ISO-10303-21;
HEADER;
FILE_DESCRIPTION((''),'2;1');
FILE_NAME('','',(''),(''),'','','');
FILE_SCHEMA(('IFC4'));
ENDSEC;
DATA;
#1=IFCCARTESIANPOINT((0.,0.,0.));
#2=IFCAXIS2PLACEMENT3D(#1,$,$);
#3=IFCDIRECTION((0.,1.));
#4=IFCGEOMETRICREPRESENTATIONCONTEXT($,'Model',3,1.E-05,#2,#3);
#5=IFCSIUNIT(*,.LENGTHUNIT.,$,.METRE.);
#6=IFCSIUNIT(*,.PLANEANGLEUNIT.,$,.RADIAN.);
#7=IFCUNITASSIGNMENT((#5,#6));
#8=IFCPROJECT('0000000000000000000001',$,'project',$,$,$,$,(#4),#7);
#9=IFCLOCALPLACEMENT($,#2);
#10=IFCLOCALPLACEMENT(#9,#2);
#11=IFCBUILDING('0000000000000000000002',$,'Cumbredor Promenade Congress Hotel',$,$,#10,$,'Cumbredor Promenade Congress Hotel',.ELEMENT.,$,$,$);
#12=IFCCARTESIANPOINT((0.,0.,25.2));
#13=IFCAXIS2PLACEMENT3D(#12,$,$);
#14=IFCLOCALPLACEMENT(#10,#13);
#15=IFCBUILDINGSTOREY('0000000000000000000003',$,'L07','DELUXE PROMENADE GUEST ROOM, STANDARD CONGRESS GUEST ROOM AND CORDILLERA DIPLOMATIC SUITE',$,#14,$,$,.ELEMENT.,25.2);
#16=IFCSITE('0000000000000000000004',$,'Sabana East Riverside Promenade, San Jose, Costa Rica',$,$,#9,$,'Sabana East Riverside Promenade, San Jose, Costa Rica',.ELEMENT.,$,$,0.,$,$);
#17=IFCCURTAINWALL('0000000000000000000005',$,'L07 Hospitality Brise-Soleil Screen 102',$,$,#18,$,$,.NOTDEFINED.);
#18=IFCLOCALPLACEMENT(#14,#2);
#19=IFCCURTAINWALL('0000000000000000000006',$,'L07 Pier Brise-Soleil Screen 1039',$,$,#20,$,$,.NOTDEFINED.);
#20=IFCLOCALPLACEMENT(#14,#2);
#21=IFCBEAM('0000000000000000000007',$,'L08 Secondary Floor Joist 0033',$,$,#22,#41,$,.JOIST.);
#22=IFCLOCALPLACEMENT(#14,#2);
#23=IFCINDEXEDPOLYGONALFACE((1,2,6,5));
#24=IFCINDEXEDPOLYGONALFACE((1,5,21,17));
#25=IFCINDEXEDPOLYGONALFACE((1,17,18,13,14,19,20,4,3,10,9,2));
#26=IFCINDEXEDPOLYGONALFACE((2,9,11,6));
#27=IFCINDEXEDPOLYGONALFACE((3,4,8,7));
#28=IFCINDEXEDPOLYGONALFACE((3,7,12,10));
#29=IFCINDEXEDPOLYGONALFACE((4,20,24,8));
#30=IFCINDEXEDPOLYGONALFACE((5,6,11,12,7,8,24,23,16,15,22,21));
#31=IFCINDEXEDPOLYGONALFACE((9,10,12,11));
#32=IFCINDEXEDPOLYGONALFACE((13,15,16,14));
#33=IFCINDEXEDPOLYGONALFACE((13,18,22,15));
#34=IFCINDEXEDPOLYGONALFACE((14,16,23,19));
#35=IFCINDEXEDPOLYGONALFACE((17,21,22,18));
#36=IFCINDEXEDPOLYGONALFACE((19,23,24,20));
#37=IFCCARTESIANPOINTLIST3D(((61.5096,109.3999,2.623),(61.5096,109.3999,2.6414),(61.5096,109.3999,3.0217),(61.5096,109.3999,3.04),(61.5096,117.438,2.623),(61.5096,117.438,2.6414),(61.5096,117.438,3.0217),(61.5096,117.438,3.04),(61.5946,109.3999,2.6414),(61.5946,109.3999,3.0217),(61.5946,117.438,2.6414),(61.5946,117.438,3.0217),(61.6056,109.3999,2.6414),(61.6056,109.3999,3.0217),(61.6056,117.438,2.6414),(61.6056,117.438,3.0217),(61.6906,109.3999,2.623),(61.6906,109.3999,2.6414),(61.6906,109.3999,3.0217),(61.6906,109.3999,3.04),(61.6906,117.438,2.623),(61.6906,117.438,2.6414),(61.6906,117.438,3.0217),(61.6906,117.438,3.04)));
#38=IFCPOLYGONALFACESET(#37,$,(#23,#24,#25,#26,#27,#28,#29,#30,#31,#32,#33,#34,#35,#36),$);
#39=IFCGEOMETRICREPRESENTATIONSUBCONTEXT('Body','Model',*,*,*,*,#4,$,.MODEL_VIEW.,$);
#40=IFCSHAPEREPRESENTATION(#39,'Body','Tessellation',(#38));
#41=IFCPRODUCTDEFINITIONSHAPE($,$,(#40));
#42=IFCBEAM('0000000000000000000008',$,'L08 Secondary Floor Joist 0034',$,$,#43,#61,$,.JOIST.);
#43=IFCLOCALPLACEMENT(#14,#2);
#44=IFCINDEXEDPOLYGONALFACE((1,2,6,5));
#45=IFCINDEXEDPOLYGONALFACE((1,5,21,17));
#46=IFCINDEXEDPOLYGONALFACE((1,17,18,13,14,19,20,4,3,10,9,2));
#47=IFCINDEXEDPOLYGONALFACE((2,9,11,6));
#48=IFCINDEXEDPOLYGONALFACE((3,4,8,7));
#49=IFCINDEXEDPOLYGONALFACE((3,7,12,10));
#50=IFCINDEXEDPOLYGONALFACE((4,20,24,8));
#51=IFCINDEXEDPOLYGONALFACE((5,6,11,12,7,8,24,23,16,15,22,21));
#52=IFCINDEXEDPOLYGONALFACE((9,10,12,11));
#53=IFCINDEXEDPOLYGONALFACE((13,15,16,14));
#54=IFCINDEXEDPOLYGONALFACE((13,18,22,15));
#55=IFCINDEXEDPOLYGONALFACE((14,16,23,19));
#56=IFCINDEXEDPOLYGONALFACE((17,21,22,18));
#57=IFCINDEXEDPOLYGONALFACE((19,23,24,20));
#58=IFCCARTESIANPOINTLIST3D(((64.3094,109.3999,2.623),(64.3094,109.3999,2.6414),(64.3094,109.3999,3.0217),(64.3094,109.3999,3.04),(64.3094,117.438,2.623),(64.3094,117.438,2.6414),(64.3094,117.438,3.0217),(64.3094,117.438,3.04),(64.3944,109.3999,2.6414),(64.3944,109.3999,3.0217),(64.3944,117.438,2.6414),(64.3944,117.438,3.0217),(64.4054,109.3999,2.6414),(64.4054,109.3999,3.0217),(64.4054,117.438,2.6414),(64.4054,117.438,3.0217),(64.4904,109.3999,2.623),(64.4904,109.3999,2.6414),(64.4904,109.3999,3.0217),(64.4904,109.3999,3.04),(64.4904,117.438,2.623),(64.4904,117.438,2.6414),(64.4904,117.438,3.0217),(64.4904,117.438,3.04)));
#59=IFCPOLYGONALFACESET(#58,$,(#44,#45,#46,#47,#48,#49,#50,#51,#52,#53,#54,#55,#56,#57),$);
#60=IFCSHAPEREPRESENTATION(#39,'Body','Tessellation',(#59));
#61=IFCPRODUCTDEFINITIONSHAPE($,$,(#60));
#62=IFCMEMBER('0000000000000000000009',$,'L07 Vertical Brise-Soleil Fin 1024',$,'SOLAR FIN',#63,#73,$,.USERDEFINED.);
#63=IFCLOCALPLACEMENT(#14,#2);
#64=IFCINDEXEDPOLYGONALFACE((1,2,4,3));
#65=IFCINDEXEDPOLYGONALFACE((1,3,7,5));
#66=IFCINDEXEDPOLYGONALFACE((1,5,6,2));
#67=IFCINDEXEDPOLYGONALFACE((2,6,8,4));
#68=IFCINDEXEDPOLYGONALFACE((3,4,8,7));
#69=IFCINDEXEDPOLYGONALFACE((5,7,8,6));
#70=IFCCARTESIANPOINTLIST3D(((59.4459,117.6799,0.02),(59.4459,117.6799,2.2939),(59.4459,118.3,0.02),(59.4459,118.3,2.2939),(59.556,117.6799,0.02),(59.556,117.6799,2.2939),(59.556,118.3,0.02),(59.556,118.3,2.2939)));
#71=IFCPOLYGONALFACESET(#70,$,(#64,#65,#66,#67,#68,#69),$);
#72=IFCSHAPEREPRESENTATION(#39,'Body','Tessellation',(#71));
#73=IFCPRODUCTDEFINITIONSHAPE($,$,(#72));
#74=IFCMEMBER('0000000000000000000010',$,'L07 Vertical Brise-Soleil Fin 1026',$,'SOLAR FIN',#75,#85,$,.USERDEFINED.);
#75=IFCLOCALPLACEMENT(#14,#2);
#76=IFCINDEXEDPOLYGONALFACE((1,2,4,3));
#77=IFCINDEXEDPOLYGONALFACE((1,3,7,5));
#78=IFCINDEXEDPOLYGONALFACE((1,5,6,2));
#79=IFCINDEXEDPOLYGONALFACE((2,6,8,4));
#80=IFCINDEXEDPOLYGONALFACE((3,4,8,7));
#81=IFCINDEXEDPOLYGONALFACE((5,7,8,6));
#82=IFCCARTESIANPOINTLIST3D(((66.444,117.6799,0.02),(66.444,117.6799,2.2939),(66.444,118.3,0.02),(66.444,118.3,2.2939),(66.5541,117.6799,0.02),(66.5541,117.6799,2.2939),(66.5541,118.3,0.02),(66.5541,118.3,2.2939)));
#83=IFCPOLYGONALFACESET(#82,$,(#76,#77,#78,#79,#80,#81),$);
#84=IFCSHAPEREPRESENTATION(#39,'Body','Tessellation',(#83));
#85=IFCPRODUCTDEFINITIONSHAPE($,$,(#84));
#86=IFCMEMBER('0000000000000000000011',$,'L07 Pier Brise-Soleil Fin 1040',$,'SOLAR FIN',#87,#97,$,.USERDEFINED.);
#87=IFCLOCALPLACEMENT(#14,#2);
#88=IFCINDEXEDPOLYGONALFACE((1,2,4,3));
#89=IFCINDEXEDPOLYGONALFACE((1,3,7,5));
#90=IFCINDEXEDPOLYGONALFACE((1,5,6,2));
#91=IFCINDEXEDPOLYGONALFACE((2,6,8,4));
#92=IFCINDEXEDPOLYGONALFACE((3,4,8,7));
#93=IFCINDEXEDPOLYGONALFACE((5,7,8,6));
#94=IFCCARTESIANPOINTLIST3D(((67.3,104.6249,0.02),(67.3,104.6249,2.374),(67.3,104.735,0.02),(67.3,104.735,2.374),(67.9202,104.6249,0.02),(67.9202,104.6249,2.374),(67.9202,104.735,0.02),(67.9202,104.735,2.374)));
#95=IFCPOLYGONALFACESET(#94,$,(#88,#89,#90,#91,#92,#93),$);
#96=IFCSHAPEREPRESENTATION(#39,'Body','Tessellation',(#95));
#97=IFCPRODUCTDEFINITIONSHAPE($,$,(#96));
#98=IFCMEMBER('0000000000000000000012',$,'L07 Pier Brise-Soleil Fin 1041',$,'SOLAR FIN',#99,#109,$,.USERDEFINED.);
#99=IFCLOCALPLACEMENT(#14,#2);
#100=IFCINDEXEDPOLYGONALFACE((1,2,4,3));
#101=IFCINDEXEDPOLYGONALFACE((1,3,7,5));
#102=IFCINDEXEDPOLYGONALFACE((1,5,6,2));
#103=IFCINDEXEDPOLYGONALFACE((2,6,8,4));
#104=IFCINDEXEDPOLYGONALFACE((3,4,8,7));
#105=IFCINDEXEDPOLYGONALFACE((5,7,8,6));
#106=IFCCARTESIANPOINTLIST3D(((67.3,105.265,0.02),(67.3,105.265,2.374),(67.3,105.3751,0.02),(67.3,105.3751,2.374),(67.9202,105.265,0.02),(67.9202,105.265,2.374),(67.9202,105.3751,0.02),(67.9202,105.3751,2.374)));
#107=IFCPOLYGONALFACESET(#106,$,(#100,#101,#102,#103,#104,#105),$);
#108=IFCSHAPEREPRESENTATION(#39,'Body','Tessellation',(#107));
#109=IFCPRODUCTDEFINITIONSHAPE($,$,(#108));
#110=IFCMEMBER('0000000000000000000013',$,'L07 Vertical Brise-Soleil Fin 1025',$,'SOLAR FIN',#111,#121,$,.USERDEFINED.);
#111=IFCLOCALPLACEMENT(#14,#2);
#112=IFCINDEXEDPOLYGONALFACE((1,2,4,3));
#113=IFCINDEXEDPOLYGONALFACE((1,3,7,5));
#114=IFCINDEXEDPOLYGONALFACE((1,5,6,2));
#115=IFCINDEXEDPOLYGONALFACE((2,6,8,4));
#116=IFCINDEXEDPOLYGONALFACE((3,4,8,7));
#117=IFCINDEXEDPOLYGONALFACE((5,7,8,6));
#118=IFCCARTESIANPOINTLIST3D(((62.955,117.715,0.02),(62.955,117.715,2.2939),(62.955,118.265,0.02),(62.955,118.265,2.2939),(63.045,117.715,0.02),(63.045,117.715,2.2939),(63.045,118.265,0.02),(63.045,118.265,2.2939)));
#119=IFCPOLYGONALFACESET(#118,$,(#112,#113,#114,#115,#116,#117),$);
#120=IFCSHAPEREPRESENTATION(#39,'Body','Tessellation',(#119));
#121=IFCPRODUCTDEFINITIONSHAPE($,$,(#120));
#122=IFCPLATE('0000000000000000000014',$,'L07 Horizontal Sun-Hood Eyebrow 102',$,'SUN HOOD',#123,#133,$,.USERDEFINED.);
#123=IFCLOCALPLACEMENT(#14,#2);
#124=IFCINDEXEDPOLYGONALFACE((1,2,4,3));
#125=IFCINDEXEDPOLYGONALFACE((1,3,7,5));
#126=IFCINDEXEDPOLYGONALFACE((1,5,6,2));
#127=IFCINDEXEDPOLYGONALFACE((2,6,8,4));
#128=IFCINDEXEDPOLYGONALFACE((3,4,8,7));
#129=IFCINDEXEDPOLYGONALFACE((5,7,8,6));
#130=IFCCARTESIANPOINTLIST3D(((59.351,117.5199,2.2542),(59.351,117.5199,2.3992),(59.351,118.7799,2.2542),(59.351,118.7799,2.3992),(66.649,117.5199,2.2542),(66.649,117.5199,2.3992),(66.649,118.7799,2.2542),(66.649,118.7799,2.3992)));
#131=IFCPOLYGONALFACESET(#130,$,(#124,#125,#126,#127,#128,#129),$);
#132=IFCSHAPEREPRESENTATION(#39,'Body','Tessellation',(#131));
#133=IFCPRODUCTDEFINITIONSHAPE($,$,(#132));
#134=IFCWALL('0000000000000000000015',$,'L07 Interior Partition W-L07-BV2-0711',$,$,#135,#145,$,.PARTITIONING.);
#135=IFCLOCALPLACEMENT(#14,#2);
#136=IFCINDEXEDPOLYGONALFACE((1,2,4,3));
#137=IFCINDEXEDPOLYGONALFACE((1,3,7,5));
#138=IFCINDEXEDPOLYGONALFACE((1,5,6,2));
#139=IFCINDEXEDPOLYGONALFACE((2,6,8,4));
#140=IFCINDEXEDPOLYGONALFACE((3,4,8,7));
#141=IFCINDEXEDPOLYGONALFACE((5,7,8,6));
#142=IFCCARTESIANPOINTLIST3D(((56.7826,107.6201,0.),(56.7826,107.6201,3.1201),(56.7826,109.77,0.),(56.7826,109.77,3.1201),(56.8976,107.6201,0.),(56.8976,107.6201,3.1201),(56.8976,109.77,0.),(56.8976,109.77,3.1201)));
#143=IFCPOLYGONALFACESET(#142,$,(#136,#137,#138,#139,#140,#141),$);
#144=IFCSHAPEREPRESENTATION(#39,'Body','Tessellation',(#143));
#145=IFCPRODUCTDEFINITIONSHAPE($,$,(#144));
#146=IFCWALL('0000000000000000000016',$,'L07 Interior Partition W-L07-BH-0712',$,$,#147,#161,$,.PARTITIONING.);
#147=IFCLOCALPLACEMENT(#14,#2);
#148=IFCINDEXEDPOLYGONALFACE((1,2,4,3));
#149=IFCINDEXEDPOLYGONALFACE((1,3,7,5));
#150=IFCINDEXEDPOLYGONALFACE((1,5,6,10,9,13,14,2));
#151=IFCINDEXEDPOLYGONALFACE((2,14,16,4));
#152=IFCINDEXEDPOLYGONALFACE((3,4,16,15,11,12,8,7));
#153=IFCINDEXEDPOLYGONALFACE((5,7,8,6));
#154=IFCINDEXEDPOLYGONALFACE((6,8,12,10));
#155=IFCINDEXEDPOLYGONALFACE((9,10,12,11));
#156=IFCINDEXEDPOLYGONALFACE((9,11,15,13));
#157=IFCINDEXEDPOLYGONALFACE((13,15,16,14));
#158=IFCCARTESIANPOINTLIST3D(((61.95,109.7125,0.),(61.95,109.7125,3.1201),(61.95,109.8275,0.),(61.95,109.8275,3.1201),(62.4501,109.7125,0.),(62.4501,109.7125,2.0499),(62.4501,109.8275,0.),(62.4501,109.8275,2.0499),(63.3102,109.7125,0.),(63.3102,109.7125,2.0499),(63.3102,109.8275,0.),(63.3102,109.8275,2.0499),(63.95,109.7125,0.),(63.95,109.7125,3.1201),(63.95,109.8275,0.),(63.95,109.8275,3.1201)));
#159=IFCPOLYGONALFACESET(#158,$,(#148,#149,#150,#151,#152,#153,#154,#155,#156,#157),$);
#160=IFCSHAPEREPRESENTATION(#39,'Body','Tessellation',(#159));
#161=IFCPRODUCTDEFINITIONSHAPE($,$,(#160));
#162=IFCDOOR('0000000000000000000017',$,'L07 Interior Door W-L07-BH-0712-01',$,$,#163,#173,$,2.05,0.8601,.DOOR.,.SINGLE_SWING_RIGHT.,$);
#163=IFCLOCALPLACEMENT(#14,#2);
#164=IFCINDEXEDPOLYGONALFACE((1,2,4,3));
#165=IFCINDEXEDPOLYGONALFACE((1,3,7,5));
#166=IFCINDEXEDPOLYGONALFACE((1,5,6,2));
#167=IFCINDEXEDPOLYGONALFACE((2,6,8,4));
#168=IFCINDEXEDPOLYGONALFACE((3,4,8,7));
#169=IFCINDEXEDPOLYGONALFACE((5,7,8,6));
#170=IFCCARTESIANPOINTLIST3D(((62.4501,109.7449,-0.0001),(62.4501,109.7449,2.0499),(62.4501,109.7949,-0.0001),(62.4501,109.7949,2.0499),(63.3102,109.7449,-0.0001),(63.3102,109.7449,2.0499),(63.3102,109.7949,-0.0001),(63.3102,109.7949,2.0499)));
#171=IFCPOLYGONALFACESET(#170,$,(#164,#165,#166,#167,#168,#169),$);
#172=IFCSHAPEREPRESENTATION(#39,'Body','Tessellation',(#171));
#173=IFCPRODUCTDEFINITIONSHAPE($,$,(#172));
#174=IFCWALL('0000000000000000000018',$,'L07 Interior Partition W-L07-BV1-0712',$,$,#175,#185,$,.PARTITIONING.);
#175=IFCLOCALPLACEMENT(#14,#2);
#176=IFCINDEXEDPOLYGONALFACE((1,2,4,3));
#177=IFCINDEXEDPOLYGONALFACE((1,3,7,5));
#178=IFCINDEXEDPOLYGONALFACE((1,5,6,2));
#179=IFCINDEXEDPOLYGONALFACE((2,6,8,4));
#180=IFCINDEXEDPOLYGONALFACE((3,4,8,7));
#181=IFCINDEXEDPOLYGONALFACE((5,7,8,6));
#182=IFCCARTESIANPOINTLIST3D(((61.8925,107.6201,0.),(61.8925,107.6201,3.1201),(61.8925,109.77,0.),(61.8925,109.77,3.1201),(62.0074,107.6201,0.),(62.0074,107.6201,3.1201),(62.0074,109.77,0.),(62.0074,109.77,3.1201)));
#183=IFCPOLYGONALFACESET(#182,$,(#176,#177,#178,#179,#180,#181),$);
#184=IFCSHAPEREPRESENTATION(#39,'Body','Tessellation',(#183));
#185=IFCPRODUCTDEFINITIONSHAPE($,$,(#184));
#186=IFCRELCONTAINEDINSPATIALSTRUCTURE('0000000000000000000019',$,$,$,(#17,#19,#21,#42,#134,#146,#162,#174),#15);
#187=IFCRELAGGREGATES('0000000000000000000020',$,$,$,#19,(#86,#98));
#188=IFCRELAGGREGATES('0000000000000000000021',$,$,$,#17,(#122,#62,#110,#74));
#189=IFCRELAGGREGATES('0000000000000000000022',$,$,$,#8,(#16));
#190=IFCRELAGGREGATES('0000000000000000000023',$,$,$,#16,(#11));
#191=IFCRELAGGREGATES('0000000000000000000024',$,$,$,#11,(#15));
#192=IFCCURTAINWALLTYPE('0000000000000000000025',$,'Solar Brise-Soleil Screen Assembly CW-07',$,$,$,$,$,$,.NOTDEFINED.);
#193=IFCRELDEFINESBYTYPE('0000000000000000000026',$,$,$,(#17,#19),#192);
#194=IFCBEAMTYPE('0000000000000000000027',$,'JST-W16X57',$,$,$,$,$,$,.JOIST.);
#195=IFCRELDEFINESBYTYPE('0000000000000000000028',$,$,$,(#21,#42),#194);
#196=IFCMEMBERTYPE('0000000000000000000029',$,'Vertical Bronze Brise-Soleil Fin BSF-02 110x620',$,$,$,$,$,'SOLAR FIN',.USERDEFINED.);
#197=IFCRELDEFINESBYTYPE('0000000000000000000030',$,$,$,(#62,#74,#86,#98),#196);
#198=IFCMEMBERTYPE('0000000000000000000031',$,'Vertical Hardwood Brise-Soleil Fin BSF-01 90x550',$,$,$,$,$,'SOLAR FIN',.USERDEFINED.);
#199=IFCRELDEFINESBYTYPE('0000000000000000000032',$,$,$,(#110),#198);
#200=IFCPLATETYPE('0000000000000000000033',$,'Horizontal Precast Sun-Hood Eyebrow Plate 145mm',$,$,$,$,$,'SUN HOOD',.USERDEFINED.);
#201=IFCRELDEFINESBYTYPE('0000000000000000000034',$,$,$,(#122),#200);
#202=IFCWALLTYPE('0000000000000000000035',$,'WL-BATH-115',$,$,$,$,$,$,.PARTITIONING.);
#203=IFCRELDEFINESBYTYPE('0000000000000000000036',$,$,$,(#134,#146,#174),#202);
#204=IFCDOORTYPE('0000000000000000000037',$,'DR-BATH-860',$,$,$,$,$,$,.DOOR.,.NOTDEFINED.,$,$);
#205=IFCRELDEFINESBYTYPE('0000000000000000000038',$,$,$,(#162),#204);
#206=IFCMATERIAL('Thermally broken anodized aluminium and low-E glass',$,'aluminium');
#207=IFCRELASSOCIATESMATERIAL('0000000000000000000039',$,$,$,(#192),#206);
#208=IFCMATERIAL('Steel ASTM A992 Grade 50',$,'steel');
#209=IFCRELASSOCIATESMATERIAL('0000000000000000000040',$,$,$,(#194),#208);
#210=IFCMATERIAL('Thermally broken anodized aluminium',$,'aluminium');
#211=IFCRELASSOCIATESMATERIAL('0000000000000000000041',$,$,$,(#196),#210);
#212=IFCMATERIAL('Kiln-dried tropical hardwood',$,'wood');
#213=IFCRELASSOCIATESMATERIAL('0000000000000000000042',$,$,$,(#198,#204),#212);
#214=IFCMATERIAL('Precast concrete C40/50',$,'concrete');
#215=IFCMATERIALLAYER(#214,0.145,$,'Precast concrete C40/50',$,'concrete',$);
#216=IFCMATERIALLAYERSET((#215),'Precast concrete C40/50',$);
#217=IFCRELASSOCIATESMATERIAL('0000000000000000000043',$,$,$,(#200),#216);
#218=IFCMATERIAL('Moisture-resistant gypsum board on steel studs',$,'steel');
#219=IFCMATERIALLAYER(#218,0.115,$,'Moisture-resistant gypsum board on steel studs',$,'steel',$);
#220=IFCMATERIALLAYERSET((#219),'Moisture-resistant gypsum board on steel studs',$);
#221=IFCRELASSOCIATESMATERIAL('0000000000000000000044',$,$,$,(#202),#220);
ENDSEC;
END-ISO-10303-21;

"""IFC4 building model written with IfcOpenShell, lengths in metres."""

from ifc_helpers import new_model, si_unit, direction, frame, frame_2d, origin, origin_2d, place, context, subcontext, project, spatial, rectangle, i_section, extrude, material, layer, layer_set, material_profile, profile_set, type_object, element, fill, aggregate, save


model = new_model("IFC4")

# Units and contexts
model_context = context("Model", 3, precision=1e-05, world=origin(), true_north=direction((0.0, 1.0)))
body_context = subcontext(model_context, "Body", "Model", "MODEL_VIEW")
ifc_project = project(units=[si_unit("LENGTHUNIT", "METRE"), si_unit("PLANEANGLEUNIT", "RADIAN")], contexts=[model_context])

# Site, building, storey
site_placement = place(None, origin())
site = spatial("IfcSite", under=ifc_project, at=site_placement, Name="Sabana East Riverside Promenade, San Jose, Costa Rica", LongName="Sabana East Riverside Promenade, San Jose, Costa Rica", CompositionType="ELEMENT", RefElevation=0.0)
building_placement = place(site_placement, origin())
building = spatial("IfcBuilding", under=site, at=building_placement, Name="Cumbredor Promenade Congress Hotel", LongName="Cumbredor Promenade Congress Hotel", CompositionType="ELEMENT")
storey_placement = place(building_placement, frame((0.0, 0.0, 25.2)))
storey = spatial("IfcBuildingStorey", under=building, at=storey_placement, Name="L07", Description="DELUXE PROMENADE GUEST ROOM, STANDARD CONGRESS GUEST ROOM AND CORDILLERA DIPLOMATIC SUITE", CompositionType="ELEMENT", Elevation=25.2)

# Shared definitions
ifc_material_1 = material(Name="Steel ASTM A992 Grade 50", Category="steel")

# Curtain walls
ifc_material_2 = material(Name="Thermally broken anodized aluminium and low-E glass", Category="aluminium")
curtain_wall_type = type_object("IfcCurtainWallType", Name="Solar Brise-Soleil Screen Assembly CW-07", PredefinedType="NOTDEFINED", material=ifc_material_2)
curtain_wall_1_placement = place(storey_placement, origin())
curtain_wall_1 = element("IfcCurtainWall", 1, at=curtain_wall_1_placement, inside=storey, type_object=curtain_wall_type, Name="L07 Hospitality Brise-Soleil Screen 102", PredefinedType="NOTDEFINED")
ifc_material_3 = material(Name="Thermally broken anodized aluminium", Category="aluminium")
curtain_wall_2_placement = place(storey_placement, origin())
curtain_wall_2 = element("IfcCurtainWall", 2, at=curtain_wall_2_placement, inside=storey, type_object=curtain_wall_type, Name="L07 Pier Brise-Soleil Screen 1039", PredefinedType="NOTDEFINED")

# Beams
ifc_material_profile_1 = material_profile(ifc_material_1, i_section(OverallWidth=0.1809, OverallDepth=0.417, WebThickness=0.011, FlangeThickness=0.0183, at=origin_2d()), Name="W16X57")
ifc_profile_set_1 = profile_set([ifc_material_profile_1], Name="Steel ASTM A992 Grade 50")
beam_type_1 = type_object("IfcBeamType", Name="JST-W16X57", PredefinedType="JOIST", material=ifc_profile_set_1)
for number, where, z_axis, x_axis, name in (
    (3, (61.6001, 109.3999, 2.8315), (0.0, 1.0, 0.0), (-1.0, 0.0, 0.0), "L08 Secondary Floor Joist 0033"),
    (4, (64.3999, 109.3999, 2.8315), (0.0, 1.0, 0.0), (-1.0, 0.0, 0.0), "L08 Secondary Floor Joist 0034"),
):
    element("IfcBeam", number, at=place(storey_placement, frame(where, z_axis=z_axis, x_axis=x_axis)), inside=storey, type_object=beam_type_1, Name=name, PredefinedType="JOIST", context=body_context, shape_type="SweptSolid", body=[
        extrude(i_section(OverallWidth=0.1809, OverallDepth=0.417, WebThickness=0.011, FlangeThickness=0.0183, at=origin_2d()), origin(), (0.0, 0.0, 1.0), 8.0381),
    ])

# Members
ifc_material_profile_2 = material_profile(ifc_material_3, rectangle(XDim=0.1101, YDim=0.6201, at=origin_2d()), Name="ARCH FIN 110x620")
ifc_profile_set_2 = profile_set([ifc_material_profile_2], Name="Thermally broken anodized aluminium")
member_type_1 = type_object("IfcMemberType", Name="Vertical Bronze Brise-Soleil Fin BSF-02 110x620", ElementType="SOLAR FIN", PredefinedType="USERDEFINED", material=ifc_profile_set_2)
member_1_placement = place(storey_placement, frame((59.501, 117.99, 0.02), z_axis=(0.0, 0.0, 1.0), x_axis=(1.0, 0.0, 0.0)))
member_1 = element("IfcMember", 5, at=member_1_placement, type_object=member_type_1, Name="L07 Vertical Brise-Soleil Fin 1024", ObjectType="SOLAR FIN", PredefinedType="USERDEFINED", context=body_context, shape_type="SweptSolid", body=[
    extrude(rectangle(XDim=0.1101, YDim=0.6201, at=origin_2d()), origin(), (0.0, 0.0, 1.0), 2.2739),
])
member_2_placement = place(storey_placement, frame((66.499, 117.99, 0.02), z_axis=(0.0, 0.0, 1.0), x_axis=(1.0, 0.0, 0.0)))
member_2 = element("IfcMember", 6, at=member_2_placement, type_object=member_type_1, Name="L07 Vertical Brise-Soleil Fin 1026", ObjectType="SOLAR FIN", PredefinedType="USERDEFINED", context=body_context, shape_type="SweptSolid", body=[
    extrude(rectangle(XDim=0.1101, YDim=0.6201, at=origin_2d()), origin(), (0.0, 0.0, 1.0), 2.2739),
])
member_3_placement = place(storey_placement, frame((67.6101, 104.6799, 0.02), z_axis=(0.0, 0.0, 1.0), x_axis=(0.0, 1.0, 0.0)))
member_3 = element("IfcMember", 7, at=member_3_placement, type_object=member_type_1, Name="L07 Pier Brise-Soleil Fin 1040", ObjectType="SOLAR FIN", PredefinedType="USERDEFINED", context=body_context, shape_type="SweptSolid", body=[
    extrude(rectangle(XDim=0.1101, YDim=0.6201, at=origin_2d()), origin(), (0.0, 0.0, 1.0), 2.354),
])
member_4_placement = place(storey_placement, frame((67.6101, 105.3201, 0.02), z_axis=(0.0, 0.0, 1.0), x_axis=(0.0, 1.0, 0.0)))
member_4 = element("IfcMember", 8, at=member_4_placement, type_object=member_type_1, Name="L07 Pier Brise-Soleil Fin 1041", ObjectType="SOLAR FIN", PredefinedType="USERDEFINED", context=body_context, shape_type="SweptSolid", body=[
    extrude(rectangle(XDim=0.1101, YDim=0.6201, at=origin_2d()), origin(), (0.0, 0.0, 1.0), 2.354),
])
aggregate(curtain_wall_2, [member_3, member_4])
ifc_material_4 = material(Name="Kiln-dried tropical hardwood", Category="wood")
ifc_material_profile_3 = material_profile(ifc_material_4, rectangle(XDim=0.0901, YDim=0.55, at=origin_2d()), Name="ARCH FIN 90x550")
ifc_profile_set_3 = profile_set([ifc_material_profile_3], Name="Kiln-dried tropical hardwood")
member_type_2 = type_object("IfcMemberType", Name="Vertical Hardwood Brise-Soleil Fin BSF-01 90x550", ElementType="SOLAR FIN", PredefinedType="USERDEFINED", material=ifc_profile_set_3)
member_5_placement = place(storey_placement, frame((63.0, 117.99, 0.02), z_axis=(0.0, 0.0, 1.0), x_axis=(1.0, 0.0, 0.0)))
member_5 = element("IfcMember", 9, at=member_5_placement, type_object=member_type_2, Name="L07 Vertical Brise-Soleil Fin 1025", ObjectType="SOLAR FIN", PredefinedType="USERDEFINED", context=body_context, shape_type="SweptSolid", body=[
    extrude(rectangle(XDim=0.0901, YDim=0.55, at=origin_2d()), origin(), (0.0, 0.0, 1.0), 2.2739),
])

# Plate
ifc_material_5 = material(Name="Precast concrete C40/50", Category="concrete")
ifc_layer_1 = layer(ifc_material_5, 0.145, Name="Precast concrete C40/50", Category="concrete")
ifc_layer_set_1 = layer_set([ifc_layer_1], Name="Precast concrete C40/50")
plate_type = type_object("IfcPlateType", Name="Horizontal Precast Sun-Hood Eyebrow Plate 145mm", ElementType="SUN HOOD", PredefinedType="USERDEFINED", material=ifc_layer_set_1)
plate_placement = place(storey_placement, frame((63.0, 118.1499, 2.2542), z_axis=(0.0, 0.0, 1.0), x_axis=(1.0, 0.0, 0.0)))
plate = element("IfcPlate", 10, at=plate_placement, type_object=plate_type, Name="L07 Horizontal Sun-Hood Eyebrow 102", ObjectType="SUN HOOD", PredefinedType="USERDEFINED", context=body_context, shape_type="SweptSolid", body=[
    extrude(rectangle(XDim=7.2981, YDim=1.26, at=origin_2d()), origin(), (0.0, 0.0, 1.0), 0.145),
])
aggregate(curtain_wall_1, [plate, member_1, member_5, member_2])

# Wall
ifc_material_6 = material(Name="Moisture-resistant gypsum board on steel studs", Category="steel")
ifc_layer_2 = layer(ifc_material_6, 0.115, Name="Moisture-resistant gypsum board on steel studs", Category="steel")
ifc_layer_set_2 = layer_set([ifc_layer_2], Name="Moisture-resistant gypsum board on steel studs")
wall_type_1 = type_object("IfcWallType", Name="WL-BATH-115", PredefinedType="PARTITIONING", material=ifc_layer_set_2)
wall_1_placement = place(storey_placement, frame((56.8401, 107.6201, 0.0), z_axis=(0.0, 0.0, 1.0), x_axis=(0.0, 1.0, 0.0)))
element("IfcWall", 11, at=wall_1_placement, inside=storey, type_object=wall_type_1, Name="L07 Interior Partition W-L07-BV2-0711", PredefinedType="PARTITIONING", context=body_context, shape_type="SweptSolid", body=[
    extrude(rectangle(XDim=2.1499, YDim=0.115, at=frame_2d((1.075, 0.0))), origin(), (0.0, 0.0, 1.0), 3.1201),
])

# Wall, opening, door
wall_2_placement = place(storey_placement, frame((61.95, 109.77, 0.0), z_axis=(0.0, 0.0, 1.0), x_axis=(1.0, 0.0, 0.0)))
wall_2 = element("IfcWall", 12, at=wall_2_placement, inside=storey, type_object=wall_type_1, Name="L07 Interior Partition W-L07-BH-0712", PredefinedType="PARTITIONING", context=body_context, shape_type="SweptSolid", body=[
    extrude(rectangle(XDim=2.0, YDim=0.115, at=frame_2d((1.0, 0.0))), origin(), (0.0, 0.0, 1.0), 3.1201),
])
opening_1_placement = place(wall_2_placement, frame((0.5, 0.0, 0.0)))
opening_1 = element("IfcOpeningElement", 13, at=opening_1_placement, cuts=wall_2, PredefinedType="OPENING", context=body_context, shape_type="SweptSolid", body=[
    extrude(rectangle(XDim=0.8601, YDim=2.05, at=frame_2d((0.4302, 1.0249))), frame((0.0, 0.0674, 0.0), z_axis=(0.0, -1.0, 0.0), x_axis=(1.0, 0.0, 0.0)), (0.0, 0.0, 1.0), 0.135),
])
door_type = type_object("IfcDoorType", Name="DR-BATH-860", OperationType="NOTDEFINED", PredefinedType="DOOR", material=ifc_material_4)
door_1_placement = place(opening_1_placement, origin())
door_1 = element("IfcDoor", 14, at=door_1_placement, inside=storey, type_object=door_type, Name="L07 Interior Door W-L07-BH-0712-01", OperationType="SINGLE_SWING_RIGHT", OverallHeight=2.05, OverallWidth=0.8601, PredefinedType="DOOR", context=body_context, shape_type="SweptSolid", body=[
    extrude(rectangle(XDim=0.8601, YDim=2.05, at=frame_2d((0.4302, 1.0249))), frame((0.0, 0.0249, 0.0), z_axis=(0.0, -1.0, 0.0), x_axis=(1.0, 0.0, 0.0)), (0.0, 0.0, 1.0), 0.05),
])
fill(opening_1, door_1)

# Wall
for number, where, z_axis, x_axis, name in (
    (15, (61.95, 107.6201, 0.0), (0.0, 0.0, 1.0), (0.0, 1.0, 0.0), "L07 Interior Partition W-L07-BV1-0712"),
):
    element("IfcWall", number, at=place(storey_placement, frame(where, z_axis=z_axis, x_axis=x_axis)), inside=storey, type_object=wall_type_1, Name=name, PredefinedType="PARTITIONING", context=body_context, shape_type="SweptSolid", body=[
        extrude(rectangle(XDim=2.1499, YDim=0.115, at=frame_2d((1.075, 0.0))), origin(), (0.0, 0.0, 1.0), 3.1201),
    ])

save(model, "model.ifc")
